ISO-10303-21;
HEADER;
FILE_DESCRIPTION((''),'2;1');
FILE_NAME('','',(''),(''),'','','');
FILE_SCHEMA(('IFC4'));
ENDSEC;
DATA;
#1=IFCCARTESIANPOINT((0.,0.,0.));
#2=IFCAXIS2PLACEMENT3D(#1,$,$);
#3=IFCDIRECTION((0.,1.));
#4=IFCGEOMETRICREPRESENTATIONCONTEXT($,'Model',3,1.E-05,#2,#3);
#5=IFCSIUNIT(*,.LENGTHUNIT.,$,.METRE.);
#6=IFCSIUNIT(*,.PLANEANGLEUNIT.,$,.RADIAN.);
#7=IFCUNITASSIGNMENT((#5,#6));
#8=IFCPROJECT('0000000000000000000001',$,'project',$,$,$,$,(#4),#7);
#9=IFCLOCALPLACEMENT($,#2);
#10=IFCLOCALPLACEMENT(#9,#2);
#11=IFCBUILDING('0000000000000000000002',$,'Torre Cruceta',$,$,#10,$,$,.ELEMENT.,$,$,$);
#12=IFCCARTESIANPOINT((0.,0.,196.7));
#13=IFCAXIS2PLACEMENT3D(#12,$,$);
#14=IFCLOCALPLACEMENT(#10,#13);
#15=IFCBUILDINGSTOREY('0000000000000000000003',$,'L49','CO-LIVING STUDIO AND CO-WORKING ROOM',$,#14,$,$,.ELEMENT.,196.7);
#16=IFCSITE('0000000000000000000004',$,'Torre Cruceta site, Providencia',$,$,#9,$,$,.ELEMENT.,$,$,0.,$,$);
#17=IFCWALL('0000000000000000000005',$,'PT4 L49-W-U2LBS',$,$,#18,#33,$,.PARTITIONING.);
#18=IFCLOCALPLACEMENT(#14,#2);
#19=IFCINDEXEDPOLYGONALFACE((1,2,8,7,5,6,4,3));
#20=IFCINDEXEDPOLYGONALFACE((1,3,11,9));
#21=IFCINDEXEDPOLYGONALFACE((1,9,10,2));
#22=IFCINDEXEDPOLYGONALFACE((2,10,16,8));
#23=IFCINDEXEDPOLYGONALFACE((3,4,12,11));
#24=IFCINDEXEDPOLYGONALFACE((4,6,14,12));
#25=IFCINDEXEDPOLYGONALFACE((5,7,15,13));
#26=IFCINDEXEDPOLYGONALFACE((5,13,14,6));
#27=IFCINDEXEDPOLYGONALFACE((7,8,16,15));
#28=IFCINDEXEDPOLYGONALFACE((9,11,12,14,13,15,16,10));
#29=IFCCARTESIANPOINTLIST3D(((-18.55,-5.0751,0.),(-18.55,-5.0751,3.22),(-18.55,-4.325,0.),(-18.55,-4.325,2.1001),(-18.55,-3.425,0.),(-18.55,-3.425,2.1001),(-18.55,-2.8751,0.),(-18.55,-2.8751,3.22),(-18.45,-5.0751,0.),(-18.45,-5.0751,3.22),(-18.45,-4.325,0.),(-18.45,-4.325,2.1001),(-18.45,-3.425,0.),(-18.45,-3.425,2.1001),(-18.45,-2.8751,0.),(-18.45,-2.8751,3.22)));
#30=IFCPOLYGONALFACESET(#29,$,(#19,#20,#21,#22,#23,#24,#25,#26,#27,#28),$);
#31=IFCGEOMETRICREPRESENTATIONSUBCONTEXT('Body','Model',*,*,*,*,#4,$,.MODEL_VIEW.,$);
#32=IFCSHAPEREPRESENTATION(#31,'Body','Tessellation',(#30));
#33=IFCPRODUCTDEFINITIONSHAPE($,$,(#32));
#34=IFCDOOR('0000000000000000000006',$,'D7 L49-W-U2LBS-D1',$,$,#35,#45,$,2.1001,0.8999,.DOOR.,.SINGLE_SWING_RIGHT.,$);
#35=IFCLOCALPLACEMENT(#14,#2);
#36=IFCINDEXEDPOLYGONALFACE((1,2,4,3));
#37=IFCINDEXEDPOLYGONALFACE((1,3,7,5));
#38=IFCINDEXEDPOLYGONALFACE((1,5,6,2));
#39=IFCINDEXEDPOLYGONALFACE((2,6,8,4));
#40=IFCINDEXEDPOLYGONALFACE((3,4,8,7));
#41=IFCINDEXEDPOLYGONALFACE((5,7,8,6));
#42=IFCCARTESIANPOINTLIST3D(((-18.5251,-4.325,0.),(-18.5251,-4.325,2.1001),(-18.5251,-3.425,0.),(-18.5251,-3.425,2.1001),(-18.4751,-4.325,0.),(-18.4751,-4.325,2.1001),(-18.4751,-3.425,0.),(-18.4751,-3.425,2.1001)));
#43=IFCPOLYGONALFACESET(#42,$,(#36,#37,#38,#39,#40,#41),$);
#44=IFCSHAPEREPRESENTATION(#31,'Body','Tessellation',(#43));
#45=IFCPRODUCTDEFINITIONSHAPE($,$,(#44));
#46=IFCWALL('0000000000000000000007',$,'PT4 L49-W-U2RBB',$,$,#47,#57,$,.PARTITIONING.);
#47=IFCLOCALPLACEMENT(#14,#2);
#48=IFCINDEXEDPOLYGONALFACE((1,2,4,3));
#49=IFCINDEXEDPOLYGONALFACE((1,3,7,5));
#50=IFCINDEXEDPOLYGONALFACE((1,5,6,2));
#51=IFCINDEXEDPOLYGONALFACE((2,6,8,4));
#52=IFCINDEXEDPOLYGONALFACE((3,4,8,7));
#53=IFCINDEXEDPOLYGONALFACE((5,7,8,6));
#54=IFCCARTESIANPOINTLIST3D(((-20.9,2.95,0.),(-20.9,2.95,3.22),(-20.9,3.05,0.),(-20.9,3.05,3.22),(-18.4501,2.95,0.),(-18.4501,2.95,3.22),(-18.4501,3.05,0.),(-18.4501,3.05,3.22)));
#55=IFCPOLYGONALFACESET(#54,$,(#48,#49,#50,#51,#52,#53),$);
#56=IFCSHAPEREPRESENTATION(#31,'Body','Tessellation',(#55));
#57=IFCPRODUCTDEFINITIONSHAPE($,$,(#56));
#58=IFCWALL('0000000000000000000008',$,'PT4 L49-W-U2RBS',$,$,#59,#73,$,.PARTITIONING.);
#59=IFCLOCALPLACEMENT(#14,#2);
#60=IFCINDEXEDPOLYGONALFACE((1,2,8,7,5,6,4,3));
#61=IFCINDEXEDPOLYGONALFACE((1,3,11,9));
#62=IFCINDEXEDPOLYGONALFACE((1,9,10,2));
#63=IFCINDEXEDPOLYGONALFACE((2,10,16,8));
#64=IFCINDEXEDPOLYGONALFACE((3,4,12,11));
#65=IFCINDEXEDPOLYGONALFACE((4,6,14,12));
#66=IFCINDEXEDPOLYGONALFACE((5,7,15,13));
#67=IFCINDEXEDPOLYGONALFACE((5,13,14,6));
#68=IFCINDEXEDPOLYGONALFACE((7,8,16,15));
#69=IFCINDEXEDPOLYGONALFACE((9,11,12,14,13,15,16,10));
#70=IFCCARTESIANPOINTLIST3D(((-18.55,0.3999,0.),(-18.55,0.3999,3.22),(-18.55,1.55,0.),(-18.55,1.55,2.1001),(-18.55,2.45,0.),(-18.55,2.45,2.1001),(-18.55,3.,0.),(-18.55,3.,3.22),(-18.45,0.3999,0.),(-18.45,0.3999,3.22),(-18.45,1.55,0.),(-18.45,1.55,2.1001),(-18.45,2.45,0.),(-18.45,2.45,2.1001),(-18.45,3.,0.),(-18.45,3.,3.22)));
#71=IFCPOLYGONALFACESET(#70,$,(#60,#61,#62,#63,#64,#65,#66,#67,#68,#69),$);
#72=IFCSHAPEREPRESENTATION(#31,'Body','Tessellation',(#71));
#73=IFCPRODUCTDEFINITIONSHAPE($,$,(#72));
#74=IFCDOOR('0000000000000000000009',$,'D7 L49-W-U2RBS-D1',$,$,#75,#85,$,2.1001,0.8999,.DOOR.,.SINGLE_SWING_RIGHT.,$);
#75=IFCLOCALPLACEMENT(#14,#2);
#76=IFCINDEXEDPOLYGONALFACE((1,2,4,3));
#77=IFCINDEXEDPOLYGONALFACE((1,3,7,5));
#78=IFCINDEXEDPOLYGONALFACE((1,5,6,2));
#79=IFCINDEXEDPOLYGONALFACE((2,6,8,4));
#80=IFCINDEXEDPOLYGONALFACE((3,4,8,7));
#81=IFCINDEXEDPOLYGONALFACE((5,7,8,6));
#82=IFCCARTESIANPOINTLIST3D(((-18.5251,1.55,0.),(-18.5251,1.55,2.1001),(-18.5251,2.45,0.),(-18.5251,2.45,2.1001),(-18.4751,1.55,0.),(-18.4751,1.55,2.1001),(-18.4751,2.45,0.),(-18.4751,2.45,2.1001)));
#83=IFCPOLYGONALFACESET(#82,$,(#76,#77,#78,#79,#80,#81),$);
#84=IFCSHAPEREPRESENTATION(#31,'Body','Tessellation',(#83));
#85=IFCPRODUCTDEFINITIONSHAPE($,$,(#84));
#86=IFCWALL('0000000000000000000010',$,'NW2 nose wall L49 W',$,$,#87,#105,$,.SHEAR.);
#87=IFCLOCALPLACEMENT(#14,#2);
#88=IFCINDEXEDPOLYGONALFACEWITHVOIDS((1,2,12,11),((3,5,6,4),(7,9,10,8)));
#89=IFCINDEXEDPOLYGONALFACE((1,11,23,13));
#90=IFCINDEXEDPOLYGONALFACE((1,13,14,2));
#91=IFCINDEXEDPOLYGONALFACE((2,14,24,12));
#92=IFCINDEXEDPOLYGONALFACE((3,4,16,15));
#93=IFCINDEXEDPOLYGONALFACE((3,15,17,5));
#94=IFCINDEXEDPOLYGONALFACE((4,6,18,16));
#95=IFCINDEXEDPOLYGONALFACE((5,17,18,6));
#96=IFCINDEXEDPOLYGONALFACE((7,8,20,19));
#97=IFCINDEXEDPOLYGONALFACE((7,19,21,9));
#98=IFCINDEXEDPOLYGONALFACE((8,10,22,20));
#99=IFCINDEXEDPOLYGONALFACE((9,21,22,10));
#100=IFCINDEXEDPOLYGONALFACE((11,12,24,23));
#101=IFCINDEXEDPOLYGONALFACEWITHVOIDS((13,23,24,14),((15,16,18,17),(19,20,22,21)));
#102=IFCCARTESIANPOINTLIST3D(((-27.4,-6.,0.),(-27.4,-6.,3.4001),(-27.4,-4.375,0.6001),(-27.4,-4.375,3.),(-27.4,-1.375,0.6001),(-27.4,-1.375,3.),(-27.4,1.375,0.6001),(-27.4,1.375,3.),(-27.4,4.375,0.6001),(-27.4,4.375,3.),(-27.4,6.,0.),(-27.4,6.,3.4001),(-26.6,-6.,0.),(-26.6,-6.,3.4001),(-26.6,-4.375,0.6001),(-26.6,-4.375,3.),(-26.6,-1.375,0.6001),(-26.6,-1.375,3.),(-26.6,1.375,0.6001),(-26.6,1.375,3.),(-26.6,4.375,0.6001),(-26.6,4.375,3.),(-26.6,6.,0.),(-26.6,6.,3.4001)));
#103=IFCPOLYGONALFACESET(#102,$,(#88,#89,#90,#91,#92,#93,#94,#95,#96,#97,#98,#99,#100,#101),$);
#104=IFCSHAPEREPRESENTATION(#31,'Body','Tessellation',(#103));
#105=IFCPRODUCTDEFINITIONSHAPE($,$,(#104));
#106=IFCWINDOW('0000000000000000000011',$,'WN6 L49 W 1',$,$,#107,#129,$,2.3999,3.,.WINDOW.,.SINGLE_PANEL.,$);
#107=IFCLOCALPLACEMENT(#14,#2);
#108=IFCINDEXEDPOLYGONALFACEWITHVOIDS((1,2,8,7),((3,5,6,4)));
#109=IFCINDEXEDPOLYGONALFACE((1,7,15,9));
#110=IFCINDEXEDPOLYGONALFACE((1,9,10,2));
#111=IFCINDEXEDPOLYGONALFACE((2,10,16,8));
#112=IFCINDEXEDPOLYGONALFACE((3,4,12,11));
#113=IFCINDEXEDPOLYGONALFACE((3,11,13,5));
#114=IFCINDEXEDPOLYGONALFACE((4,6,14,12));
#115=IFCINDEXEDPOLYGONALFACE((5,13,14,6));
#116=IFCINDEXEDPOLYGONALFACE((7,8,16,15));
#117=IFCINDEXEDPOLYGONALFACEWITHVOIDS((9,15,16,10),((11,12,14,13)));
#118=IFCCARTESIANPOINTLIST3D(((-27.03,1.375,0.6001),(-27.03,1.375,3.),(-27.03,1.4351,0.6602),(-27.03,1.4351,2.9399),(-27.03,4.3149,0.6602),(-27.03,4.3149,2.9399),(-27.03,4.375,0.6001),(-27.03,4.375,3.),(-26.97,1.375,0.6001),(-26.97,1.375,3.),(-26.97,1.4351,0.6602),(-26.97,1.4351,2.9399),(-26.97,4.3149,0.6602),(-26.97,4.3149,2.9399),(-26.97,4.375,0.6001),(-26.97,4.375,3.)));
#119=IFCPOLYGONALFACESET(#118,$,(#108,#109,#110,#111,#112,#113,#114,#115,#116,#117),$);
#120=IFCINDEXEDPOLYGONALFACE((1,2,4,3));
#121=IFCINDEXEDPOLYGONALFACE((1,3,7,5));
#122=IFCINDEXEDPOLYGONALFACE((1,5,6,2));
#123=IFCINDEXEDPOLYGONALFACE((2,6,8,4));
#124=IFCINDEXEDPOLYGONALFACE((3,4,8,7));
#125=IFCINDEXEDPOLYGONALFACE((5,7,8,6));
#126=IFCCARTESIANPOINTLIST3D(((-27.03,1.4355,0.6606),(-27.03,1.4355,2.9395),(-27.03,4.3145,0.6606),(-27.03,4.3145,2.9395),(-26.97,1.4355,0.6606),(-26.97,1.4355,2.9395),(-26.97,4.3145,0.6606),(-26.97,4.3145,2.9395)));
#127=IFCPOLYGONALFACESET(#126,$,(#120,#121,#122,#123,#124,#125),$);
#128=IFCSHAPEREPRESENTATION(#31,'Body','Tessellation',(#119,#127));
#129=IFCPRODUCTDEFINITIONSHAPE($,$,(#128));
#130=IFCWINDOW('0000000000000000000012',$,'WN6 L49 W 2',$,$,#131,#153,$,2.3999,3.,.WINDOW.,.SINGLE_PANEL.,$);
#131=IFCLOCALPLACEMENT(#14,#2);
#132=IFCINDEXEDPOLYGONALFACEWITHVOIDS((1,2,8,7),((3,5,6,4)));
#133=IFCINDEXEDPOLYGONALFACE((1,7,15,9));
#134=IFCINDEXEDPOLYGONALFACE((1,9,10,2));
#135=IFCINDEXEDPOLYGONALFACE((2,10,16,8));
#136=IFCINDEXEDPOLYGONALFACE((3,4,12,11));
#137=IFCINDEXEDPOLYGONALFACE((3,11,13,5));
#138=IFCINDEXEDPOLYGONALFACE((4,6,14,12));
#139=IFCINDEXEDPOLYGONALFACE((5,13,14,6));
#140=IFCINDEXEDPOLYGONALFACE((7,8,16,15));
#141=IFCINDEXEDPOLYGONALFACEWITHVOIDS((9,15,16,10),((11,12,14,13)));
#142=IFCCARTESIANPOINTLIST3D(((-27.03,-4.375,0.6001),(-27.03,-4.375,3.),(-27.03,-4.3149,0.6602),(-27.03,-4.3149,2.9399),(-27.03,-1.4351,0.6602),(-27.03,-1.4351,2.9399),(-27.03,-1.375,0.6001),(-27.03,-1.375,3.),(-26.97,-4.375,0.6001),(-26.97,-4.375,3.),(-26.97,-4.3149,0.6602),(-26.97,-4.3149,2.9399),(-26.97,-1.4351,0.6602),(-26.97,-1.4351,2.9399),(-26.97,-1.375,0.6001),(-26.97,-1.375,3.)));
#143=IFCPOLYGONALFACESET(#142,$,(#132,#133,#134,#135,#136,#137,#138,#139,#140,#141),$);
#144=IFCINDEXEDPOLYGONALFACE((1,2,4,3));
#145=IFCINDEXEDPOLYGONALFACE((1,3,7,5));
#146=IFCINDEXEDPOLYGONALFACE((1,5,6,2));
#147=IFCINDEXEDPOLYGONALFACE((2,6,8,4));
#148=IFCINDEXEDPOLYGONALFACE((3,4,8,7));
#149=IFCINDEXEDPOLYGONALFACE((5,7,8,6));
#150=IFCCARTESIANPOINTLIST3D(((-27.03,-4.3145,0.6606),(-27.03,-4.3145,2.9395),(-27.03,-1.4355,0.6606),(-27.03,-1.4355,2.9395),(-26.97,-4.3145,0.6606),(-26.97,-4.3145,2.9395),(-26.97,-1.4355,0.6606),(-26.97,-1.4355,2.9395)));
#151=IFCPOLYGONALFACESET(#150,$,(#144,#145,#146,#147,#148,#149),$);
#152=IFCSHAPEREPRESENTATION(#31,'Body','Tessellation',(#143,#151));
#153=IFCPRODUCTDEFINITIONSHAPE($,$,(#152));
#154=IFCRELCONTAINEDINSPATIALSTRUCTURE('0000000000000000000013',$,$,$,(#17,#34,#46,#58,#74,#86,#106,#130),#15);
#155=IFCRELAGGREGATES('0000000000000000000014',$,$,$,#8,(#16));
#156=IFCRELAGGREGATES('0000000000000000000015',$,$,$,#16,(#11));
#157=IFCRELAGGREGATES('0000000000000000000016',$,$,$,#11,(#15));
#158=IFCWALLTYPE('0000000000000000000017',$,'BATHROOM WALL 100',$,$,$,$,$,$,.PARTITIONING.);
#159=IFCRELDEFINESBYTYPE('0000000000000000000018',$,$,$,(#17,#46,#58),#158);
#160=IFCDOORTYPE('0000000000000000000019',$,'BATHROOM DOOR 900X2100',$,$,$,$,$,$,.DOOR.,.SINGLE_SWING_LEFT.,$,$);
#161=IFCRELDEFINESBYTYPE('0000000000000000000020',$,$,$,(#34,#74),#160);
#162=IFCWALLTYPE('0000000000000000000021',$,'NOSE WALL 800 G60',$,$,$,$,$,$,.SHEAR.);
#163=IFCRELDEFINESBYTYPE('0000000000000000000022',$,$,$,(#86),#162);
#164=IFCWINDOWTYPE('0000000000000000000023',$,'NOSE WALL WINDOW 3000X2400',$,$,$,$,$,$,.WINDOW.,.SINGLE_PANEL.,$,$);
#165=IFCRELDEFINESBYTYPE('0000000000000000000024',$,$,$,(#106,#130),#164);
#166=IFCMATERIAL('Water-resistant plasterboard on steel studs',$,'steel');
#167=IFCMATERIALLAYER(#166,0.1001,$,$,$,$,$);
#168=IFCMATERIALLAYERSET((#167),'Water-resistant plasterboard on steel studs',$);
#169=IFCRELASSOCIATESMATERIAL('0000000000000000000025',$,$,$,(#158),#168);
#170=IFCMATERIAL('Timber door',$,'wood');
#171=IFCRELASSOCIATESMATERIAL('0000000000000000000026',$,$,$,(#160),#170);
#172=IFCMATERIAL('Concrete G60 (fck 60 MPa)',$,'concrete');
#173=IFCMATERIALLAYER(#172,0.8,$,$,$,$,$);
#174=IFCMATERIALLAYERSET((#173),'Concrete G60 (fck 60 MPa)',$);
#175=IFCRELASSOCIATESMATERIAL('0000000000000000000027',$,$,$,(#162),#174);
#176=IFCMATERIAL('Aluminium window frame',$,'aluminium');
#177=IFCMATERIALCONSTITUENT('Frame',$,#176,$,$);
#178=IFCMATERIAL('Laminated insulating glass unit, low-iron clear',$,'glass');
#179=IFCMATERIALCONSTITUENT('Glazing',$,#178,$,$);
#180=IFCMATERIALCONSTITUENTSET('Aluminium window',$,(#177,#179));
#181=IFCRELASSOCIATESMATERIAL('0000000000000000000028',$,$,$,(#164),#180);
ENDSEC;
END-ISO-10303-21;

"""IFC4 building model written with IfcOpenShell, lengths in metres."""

from ifc_helpers import new_model, si_unit, direction, frame, frame_2d, origin, place, context, subcontext, project, spatial, rectangle, hollow_rectangle, extrude, material, layer, layer_set, constituent, constituent_set, type_object, element, fill, save


model = new_model("IFC4")

# Units and contexts
model_context = context("Model", 3, precision=1e-05, world=origin(), true_north=direction((0.0, 1.0)))
body_context = subcontext(model_context, "Body", "Model", "MODEL_VIEW")
ifc_project = project(units=[si_unit("LENGTHUNIT", "METRE"), si_unit("PLANEANGLEUNIT", "RADIAN")], contexts=[model_context])

# Site, building, storey
site_placement = place(None, origin())
site = spatial("IfcSite", under=ifc_project, at=site_placement, Name="Torre Cruceta site, Providencia", CompositionType="ELEMENT", RefElevation=0.0)
building_placement = place(site_placement, origin())
building = spatial("IfcBuilding", under=site, at=building_placement, Name="Torre Cruceta", CompositionType="ELEMENT")
storey_placement = place(building_placement, frame((0.0, 0.0, 196.7)))
storey = spatial("IfcBuildingStorey", under=building, at=storey_placement, Name="L49", Description="CO-LIVING STUDIO AND CO-WORKING ROOM", CompositionType="ELEMENT", Elevation=196.7)

# Wall, opening, door
ifc_material_1 = material(Name="Water-resistant plasterboard on steel studs", Category="steel")
ifc_layer_1 = layer(ifc_material_1, 0.1001)
ifc_layer_set_1 = layer_set([ifc_layer_1], Name="Water-resistant plasterboard on steel studs")
wall_type_1 = type_object("IfcWallType", Name="BATHROOM WALL 100", PredefinedType="PARTITIONING", material=ifc_layer_set_1)
wall_1_placement = place(storey_placement, frame((-18.5, -2.875, 0.0), z_axis=(0.0, 0.0, 1.0), x_axis=(0.0, -1.0, 0.0)))
wall_1 = element("IfcWall", 1, at=wall_1_placement, inside=storey, type_object=wall_type_1, Name="PT4 L49-W-U2LBS", PredefinedType="PARTITIONING", context=body_context, shape_type="SweptSolid", body=[
    extrude(rectangle(XDim=2.2, YDim=0.1001, at=frame_2d((1.1001, 0.0))), origin(), (0.0, 0.0, 1.0), 3.22),
])
opening_1_placement = place(wall_1_placement, frame((0.55, 0.0, 0.0)))
opening_1 = element("IfcOpeningElement", 2, at=opening_1_placement, cuts=wall_1, PredefinedType="OPENING", context=body_context, shape_type="SweptSolid", body=[
    extrude(rectangle(XDim=0.8999, YDim=2.1001, at=frame_2d((0.45, 1.05))), frame((0.0, 0.0601, 0.0), z_axis=(0.0, -1.0, 0.0), x_axis=(1.0, 0.0, 0.0)), (0.0, 0.0, 1.0), 0.1201),
])
ifc_material_2 = material(Name="Timber door", Category="wood")
door_type_1 = type_object("IfcDoorType", Name="BATHROOM DOOR 900X2100", OperationType="SINGLE_SWING_LEFT", PredefinedType="DOOR", material=ifc_material_2)
door_1_placement = place(opening_1_placement, frame((0.8999, 0.0, 0.0), z_axis=(0.0, 0.0, 1.0), x_axis=(-1.0, 0.0, 0.0)))
door_1 = element("IfcDoor", 3, at=door_1_placement, inside=storey, type_object=door_type_1, Name="D7 L49-W-U2LBS-D1", OperationType="SINGLE_SWING_RIGHT", OverallHeight=2.1001, OverallWidth=0.8999, PredefinedType="DOOR", context=body_context, shape_type="SweptSolid", body=[
    extrude(rectangle(XDim=0.8999, YDim=2.1001, at=frame_2d((0.45, 1.05))), frame((0.0, 0.0251, 0.0), z_axis=(0.0, -1.0, 0.0), x_axis=(1.0, 0.0, 0.0)), (0.0, 0.0, 1.0), 0.05),
])
fill(opening_1, door_1)

# Wall
wall_2_placement = place(storey_placement, frame((-18.45, 3.0, 0.0), z_axis=(0.0, 0.0, 1.0), x_axis=(-1.0, 0.0, 0.0)))
element("IfcWall", 4, at=wall_2_placement, inside=storey, type_object=wall_type_1, Name="PT4 L49-W-U2RBB", PredefinedType="PARTITIONING", context=body_context, shape_type="SweptSolid", body=[
    extrude(rectangle(XDim=2.45, YDim=0.1001, at=frame_2d((1.2251, 0.0))), origin(), (0.0, 0.0, 1.0), 3.22),
])

# Wall, opening, door
wall_3_placement = place(storey_placement, frame((-18.5, 3.0, 0.0), z_axis=(0.0, 0.0, 1.0), x_axis=(0.0, -1.0, 0.0)))
wall_3 = element("IfcWall", 5, at=wall_3_placement, inside=storey, type_object=wall_type_1, Name="PT4 L49-W-U2RBS", PredefinedType="PARTITIONING", context=body_context, shape_type="SweptSolid", body=[
    extrude(rectangle(XDim=2.6001, YDim=0.1001, at=frame_2d((1.3, 0.0))), origin(), (0.0, 0.0, 1.0), 3.22),
])
opening_2_placement = place(wall_3_placement, frame((0.55, 0.0, 0.0)))
opening_2 = element("IfcOpeningElement", 6, at=opening_2_placement, cuts=wall_3, PredefinedType="OPENING", context=body_context, shape_type="SweptSolid", body=[
    extrude(rectangle(XDim=0.8999, YDim=2.1001, at=frame_2d((0.45, 1.05))), frame((0.0, 0.0601, 0.0), z_axis=(0.0, -1.0, 0.0), x_axis=(1.0, 0.0, 0.0)), (0.0, 0.0, 1.0), 0.1201),
])
door_2_placement = place(opening_2_placement, frame((0.8999, 0.0, 0.0), z_axis=(0.0, 0.0, 1.0), x_axis=(-1.0, 0.0, 0.0)))
door_2 = element("IfcDoor", 7, at=door_2_placement, inside=storey, type_object=door_type_1, Name="D7 L49-W-U2RBS-D1", OperationType="SINGLE_SWING_RIGHT", OverallHeight=2.1001, OverallWidth=0.8999, PredefinedType="DOOR", context=body_context, shape_type="SweptSolid", body=[
    extrude(rectangle(XDim=0.8999, YDim=2.1001, at=frame_2d((0.45, 1.05))), frame((0.0, 0.0251, 0.0), z_axis=(0.0, -1.0, 0.0), x_axis=(1.0, 0.0, 0.0)), (0.0, 0.0, 1.0), 0.05),
])
fill(opening_2, door_2)

# Wall, openings, windows
ifc_material_3 = material(Name="Concrete G60 (fck 60 MPa)", Category="concrete")
ifc_layer_2 = layer(ifc_material_3, 0.8)
ifc_layer_set_2 = layer_set([ifc_layer_2], Name="Concrete G60 (fck 60 MPa)")
wall_type_2 = type_object("IfcWallType", Name="NOSE WALL 800 G60", PredefinedType="SHEAR", material=ifc_layer_set_2)
wall_4_placement = place(storey_placement, frame((-27.0, 6.0, 0.0), z_axis=(0.0, 0.0, 1.0), x_axis=(0.0, -1.0, 0.0)))
wall_4 = element("IfcWall", 8, at=wall_4_placement, inside=storey, type_object=wall_type_2, Name="NW2 nose wall L49 W", PredefinedType="SHEAR", context=body_context, shape_type="SweptSolid", body=[
    extrude(rectangle(XDim=12.0, YDim=0.8, at=frame_2d((6.0, 0.0))), origin(), (0.0, 0.0, 1.0), 3.4001),
])
opening_3_placement = place(wall_4_placement, frame((1.625, 0.0, 0.6001)))
opening_3 = element("IfcOpeningElement", 9, at=opening_3_placement, cuts=wall_4, PredefinedType="OPENING", context=body_context, shape_type="SweptSolid", body=[
    extrude(rectangle(XDim=3.0, YDim=2.3999, at=frame_2d((1.5, 1.2))), frame((0.0, 0.4099, 0.0), z_axis=(0.0, -1.0, 0.0), x_axis=(1.0, 0.0, 0.0)), (0.0, 0.0, 1.0), 0.8201),
])
opening_4_placement = place(wall_4_placement, frame((7.375, 0.0, 0.6001)))
opening_4 = element("IfcOpeningElement", 10, at=opening_4_placement, cuts=wall_4, PredefinedType="OPENING", context=body_context, shape_type="SweptSolid", body=[
    extrude(rectangle(XDim=3.0, YDim=2.3999, at=frame_2d((1.5, 1.2))), frame((0.0, 0.4099, 0.0), z_axis=(0.0, -1.0, 0.0), x_axis=(1.0, 0.0, 0.0)), (0.0, 0.0, 1.0), 0.8201),
])
ifc_material_4 = material(Name="Aluminium window frame", Category="aluminium")
ifc_constituent_1 = constituent(ifc_material_4, Name="Frame")
ifc_material_5 = material(Name="Laminated insulating glass unit, low-iron clear", Category="glass")
ifc_constituent_2 = constituent(ifc_material_5, Name="Glazing")
ifc_constituent_set_1 = constituent_set(constituents=[ifc_constituent_1, ifc_constituent_2], Name="Aluminium window")
window_type = type_object("IfcWindowType", Name="NOSE WALL WINDOW 3000X2400", PartitioningType="SINGLE_PANEL", PredefinedType="WINDOW", material=ifc_constituent_set_1)
window_1_placement = place(opening_3_placement, origin())
window_1 = element("IfcWindow", 11, at=window_1_placement, inside=storey, type_object=window_type, Name="WN6 L49 W 1", OverallHeight=2.3999, OverallWidth=3.0, PartitioningType="SINGLE_PANEL", PredefinedType="WINDOW", context=body_context, shape_type="SweptSolid", body=[
    extrude(hollow_rectangle(XDim=3.0, YDim=2.3999, WallThickness=0.0601, at=frame_2d((1.5, 1.2))), frame((0.0, 0.03, 0.0), z_axis=(0.0, -1.0, 0.0), x_axis=(1.0, 0.0, 0.0)), (0.0, 0.0, 1.0), 0.0601),
    extrude(rectangle(XDim=2.8789, YDim=2.2788, at=frame_2d((1.5, 1.2))), frame((0.0, 0.03, 0.0), z_axis=(0.0, -1.0, 0.0), x_axis=(1.0, 0.0, 0.0)), (0.0, 0.0, 1.0), 0.0601),
])
fill(opening_3, window_1)
window_2_placement = place(opening_4_placement, origin())
window_2 = element("IfcWindow", 12, at=window_2_placement, inside=storey, type_object=window_type, Name="WN6 L49 W 2", OverallHeight=2.3999, OverallWidth=3.0, PartitioningType="SINGLE_PANEL", PredefinedType="WINDOW", context=body_context, shape_type="SweptSolid", body=[
    extrude(hollow_rectangle(XDim=3.0, YDim=2.3999, WallThickness=0.0601, at=frame_2d((1.5, 1.2))), frame((0.0, 0.03, 0.0), z_axis=(0.0, -1.0, 0.0), x_axis=(1.0, 0.0, 0.0)), (0.0, 0.0, 1.0), 0.0601),
    extrude(rectangle(XDim=2.8789, YDim=2.2788, at=frame_2d((1.5, 1.2))), frame((0.0, 0.03, 0.0), z_axis=(0.0, -1.0, 0.0), x_axis=(1.0, 0.0, 0.0)), (0.0, 0.0, 1.0), 0.0601),
])
fill(opening_4, window_2)

save(model, "model.ifc")
